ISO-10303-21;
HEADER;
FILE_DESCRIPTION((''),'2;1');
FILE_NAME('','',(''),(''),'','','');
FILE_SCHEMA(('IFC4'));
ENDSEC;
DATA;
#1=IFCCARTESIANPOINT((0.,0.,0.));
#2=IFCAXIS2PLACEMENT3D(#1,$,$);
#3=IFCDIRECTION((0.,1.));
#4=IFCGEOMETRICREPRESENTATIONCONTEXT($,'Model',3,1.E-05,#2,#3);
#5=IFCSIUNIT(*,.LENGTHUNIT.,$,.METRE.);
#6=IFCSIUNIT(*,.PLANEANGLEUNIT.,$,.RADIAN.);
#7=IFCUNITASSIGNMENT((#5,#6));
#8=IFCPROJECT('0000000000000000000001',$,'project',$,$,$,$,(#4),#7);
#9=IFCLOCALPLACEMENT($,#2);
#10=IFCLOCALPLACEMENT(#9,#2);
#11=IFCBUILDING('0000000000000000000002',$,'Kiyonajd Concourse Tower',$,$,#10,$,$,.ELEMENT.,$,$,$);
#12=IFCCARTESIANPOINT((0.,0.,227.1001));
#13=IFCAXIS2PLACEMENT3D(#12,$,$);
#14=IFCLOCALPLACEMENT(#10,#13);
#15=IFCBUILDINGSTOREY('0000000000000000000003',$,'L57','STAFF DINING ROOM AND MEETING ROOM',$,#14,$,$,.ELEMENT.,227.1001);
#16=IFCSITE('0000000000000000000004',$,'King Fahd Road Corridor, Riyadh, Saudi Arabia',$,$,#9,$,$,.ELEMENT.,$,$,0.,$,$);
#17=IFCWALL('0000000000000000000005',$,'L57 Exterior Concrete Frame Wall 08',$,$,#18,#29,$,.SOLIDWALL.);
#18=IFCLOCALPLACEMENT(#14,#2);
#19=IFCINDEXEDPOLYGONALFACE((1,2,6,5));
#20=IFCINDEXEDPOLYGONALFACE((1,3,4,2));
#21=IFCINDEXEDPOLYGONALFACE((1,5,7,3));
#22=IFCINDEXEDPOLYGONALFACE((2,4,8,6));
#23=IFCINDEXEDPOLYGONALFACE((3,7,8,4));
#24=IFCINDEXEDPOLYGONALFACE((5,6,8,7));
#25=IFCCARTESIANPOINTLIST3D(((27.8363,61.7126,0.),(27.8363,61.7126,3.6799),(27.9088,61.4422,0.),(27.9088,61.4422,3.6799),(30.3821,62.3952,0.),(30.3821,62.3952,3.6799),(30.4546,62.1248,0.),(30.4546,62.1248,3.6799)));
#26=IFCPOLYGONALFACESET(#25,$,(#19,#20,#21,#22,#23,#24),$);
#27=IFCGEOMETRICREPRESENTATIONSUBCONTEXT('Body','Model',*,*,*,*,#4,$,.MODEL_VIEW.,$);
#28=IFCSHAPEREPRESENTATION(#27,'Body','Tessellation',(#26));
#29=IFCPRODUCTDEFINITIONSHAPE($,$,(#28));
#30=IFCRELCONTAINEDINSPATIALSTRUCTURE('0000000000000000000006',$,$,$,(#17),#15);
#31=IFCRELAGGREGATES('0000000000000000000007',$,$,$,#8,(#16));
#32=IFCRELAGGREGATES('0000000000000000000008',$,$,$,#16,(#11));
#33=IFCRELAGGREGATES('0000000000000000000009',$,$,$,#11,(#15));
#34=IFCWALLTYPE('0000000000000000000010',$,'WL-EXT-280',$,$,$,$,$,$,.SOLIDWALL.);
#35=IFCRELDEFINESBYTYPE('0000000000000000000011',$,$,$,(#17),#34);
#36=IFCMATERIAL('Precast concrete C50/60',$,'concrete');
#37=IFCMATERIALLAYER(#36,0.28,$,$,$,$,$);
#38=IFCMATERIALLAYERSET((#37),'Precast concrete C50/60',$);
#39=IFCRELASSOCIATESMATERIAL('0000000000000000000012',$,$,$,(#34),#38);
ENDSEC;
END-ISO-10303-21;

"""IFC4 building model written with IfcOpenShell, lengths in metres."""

from ifc_helpers import new_model, si_unit, direction, frame, frame_2d, origin, place, context, subcontext, project, spatial, rectangle, extrude, material, layer, layer_set, type_object, element, save


model = new_model("IFC4")

# Units and contexts
model_context = context("Model", 3, precision=1e-05, world=origin(), true_north=direction((0.0, 1.0)))
body_context = subcontext(model_context, "Body", "Model", "MODEL_VIEW")
ifc_project = project(units=[si_unit("LENGTHUNIT", "METRE"), si_unit("PLANEANGLEUNIT", "RADIAN")], contexts=[model_context])

# Site, building, storey
site_placement = place(None, origin())
site = spatial("IfcSite", under=ifc_project, at=site_placement, Name="King Fahd Road Corridor, Riyadh, Saudi Arabia", CompositionType="ELEMENT", RefElevation=0.0)
building_placement = place(site_placement, origin())
building = spatial("IfcBuilding", under=site, at=building_placement, Name="Kiyonajd Concourse Tower", CompositionType="ELEMENT")
storey_placement = place(building_placement, frame((0.0, 0.0, 227.1001)))
storey = spatial("IfcBuildingStorey", under=building, at=storey_placement, Name="L57", Description="STAFF DINING ROOM AND MEETING ROOM", CompositionType="ELEMENT", Elevation=227.1001)

# Wall
ifc_material_1 = material(Name="Precast concrete C50/60", Category="concrete")
ifc_layer_1 = layer(ifc_material_1, 0.28)
ifc_layer_set_1 = layer_set([ifc_layer_1], Name="Precast concrete C50/60")
wall_type = type_object("IfcWallType", Name="WL-EXT-280", PredefinedType="SOLIDWALL", material=ifc_layer_set_1)
wall_1_placement = place(storey_placement, frame((27.8726, 61.5774, 0.0), z_axis=(0.0, 0.0, 1.0), x_axis=(0.965884, 0.258977, 0.0)))
element("IfcWall", 1, at=wall_1_placement, inside=storey, type_object=wall_type, Name="L57 Exterior Concrete Frame Wall 08", PredefinedType="SOLIDWALL", context=body_context, shape_type="SweptSolid", body=[
    extrude(rectangle(XDim=2.6357, YDim=0.28, at=frame_2d((1.3179, 0.0))), origin(), (0.0, 0.0, 1.0), 3.6799),
])

save(model, "model.ifc")
